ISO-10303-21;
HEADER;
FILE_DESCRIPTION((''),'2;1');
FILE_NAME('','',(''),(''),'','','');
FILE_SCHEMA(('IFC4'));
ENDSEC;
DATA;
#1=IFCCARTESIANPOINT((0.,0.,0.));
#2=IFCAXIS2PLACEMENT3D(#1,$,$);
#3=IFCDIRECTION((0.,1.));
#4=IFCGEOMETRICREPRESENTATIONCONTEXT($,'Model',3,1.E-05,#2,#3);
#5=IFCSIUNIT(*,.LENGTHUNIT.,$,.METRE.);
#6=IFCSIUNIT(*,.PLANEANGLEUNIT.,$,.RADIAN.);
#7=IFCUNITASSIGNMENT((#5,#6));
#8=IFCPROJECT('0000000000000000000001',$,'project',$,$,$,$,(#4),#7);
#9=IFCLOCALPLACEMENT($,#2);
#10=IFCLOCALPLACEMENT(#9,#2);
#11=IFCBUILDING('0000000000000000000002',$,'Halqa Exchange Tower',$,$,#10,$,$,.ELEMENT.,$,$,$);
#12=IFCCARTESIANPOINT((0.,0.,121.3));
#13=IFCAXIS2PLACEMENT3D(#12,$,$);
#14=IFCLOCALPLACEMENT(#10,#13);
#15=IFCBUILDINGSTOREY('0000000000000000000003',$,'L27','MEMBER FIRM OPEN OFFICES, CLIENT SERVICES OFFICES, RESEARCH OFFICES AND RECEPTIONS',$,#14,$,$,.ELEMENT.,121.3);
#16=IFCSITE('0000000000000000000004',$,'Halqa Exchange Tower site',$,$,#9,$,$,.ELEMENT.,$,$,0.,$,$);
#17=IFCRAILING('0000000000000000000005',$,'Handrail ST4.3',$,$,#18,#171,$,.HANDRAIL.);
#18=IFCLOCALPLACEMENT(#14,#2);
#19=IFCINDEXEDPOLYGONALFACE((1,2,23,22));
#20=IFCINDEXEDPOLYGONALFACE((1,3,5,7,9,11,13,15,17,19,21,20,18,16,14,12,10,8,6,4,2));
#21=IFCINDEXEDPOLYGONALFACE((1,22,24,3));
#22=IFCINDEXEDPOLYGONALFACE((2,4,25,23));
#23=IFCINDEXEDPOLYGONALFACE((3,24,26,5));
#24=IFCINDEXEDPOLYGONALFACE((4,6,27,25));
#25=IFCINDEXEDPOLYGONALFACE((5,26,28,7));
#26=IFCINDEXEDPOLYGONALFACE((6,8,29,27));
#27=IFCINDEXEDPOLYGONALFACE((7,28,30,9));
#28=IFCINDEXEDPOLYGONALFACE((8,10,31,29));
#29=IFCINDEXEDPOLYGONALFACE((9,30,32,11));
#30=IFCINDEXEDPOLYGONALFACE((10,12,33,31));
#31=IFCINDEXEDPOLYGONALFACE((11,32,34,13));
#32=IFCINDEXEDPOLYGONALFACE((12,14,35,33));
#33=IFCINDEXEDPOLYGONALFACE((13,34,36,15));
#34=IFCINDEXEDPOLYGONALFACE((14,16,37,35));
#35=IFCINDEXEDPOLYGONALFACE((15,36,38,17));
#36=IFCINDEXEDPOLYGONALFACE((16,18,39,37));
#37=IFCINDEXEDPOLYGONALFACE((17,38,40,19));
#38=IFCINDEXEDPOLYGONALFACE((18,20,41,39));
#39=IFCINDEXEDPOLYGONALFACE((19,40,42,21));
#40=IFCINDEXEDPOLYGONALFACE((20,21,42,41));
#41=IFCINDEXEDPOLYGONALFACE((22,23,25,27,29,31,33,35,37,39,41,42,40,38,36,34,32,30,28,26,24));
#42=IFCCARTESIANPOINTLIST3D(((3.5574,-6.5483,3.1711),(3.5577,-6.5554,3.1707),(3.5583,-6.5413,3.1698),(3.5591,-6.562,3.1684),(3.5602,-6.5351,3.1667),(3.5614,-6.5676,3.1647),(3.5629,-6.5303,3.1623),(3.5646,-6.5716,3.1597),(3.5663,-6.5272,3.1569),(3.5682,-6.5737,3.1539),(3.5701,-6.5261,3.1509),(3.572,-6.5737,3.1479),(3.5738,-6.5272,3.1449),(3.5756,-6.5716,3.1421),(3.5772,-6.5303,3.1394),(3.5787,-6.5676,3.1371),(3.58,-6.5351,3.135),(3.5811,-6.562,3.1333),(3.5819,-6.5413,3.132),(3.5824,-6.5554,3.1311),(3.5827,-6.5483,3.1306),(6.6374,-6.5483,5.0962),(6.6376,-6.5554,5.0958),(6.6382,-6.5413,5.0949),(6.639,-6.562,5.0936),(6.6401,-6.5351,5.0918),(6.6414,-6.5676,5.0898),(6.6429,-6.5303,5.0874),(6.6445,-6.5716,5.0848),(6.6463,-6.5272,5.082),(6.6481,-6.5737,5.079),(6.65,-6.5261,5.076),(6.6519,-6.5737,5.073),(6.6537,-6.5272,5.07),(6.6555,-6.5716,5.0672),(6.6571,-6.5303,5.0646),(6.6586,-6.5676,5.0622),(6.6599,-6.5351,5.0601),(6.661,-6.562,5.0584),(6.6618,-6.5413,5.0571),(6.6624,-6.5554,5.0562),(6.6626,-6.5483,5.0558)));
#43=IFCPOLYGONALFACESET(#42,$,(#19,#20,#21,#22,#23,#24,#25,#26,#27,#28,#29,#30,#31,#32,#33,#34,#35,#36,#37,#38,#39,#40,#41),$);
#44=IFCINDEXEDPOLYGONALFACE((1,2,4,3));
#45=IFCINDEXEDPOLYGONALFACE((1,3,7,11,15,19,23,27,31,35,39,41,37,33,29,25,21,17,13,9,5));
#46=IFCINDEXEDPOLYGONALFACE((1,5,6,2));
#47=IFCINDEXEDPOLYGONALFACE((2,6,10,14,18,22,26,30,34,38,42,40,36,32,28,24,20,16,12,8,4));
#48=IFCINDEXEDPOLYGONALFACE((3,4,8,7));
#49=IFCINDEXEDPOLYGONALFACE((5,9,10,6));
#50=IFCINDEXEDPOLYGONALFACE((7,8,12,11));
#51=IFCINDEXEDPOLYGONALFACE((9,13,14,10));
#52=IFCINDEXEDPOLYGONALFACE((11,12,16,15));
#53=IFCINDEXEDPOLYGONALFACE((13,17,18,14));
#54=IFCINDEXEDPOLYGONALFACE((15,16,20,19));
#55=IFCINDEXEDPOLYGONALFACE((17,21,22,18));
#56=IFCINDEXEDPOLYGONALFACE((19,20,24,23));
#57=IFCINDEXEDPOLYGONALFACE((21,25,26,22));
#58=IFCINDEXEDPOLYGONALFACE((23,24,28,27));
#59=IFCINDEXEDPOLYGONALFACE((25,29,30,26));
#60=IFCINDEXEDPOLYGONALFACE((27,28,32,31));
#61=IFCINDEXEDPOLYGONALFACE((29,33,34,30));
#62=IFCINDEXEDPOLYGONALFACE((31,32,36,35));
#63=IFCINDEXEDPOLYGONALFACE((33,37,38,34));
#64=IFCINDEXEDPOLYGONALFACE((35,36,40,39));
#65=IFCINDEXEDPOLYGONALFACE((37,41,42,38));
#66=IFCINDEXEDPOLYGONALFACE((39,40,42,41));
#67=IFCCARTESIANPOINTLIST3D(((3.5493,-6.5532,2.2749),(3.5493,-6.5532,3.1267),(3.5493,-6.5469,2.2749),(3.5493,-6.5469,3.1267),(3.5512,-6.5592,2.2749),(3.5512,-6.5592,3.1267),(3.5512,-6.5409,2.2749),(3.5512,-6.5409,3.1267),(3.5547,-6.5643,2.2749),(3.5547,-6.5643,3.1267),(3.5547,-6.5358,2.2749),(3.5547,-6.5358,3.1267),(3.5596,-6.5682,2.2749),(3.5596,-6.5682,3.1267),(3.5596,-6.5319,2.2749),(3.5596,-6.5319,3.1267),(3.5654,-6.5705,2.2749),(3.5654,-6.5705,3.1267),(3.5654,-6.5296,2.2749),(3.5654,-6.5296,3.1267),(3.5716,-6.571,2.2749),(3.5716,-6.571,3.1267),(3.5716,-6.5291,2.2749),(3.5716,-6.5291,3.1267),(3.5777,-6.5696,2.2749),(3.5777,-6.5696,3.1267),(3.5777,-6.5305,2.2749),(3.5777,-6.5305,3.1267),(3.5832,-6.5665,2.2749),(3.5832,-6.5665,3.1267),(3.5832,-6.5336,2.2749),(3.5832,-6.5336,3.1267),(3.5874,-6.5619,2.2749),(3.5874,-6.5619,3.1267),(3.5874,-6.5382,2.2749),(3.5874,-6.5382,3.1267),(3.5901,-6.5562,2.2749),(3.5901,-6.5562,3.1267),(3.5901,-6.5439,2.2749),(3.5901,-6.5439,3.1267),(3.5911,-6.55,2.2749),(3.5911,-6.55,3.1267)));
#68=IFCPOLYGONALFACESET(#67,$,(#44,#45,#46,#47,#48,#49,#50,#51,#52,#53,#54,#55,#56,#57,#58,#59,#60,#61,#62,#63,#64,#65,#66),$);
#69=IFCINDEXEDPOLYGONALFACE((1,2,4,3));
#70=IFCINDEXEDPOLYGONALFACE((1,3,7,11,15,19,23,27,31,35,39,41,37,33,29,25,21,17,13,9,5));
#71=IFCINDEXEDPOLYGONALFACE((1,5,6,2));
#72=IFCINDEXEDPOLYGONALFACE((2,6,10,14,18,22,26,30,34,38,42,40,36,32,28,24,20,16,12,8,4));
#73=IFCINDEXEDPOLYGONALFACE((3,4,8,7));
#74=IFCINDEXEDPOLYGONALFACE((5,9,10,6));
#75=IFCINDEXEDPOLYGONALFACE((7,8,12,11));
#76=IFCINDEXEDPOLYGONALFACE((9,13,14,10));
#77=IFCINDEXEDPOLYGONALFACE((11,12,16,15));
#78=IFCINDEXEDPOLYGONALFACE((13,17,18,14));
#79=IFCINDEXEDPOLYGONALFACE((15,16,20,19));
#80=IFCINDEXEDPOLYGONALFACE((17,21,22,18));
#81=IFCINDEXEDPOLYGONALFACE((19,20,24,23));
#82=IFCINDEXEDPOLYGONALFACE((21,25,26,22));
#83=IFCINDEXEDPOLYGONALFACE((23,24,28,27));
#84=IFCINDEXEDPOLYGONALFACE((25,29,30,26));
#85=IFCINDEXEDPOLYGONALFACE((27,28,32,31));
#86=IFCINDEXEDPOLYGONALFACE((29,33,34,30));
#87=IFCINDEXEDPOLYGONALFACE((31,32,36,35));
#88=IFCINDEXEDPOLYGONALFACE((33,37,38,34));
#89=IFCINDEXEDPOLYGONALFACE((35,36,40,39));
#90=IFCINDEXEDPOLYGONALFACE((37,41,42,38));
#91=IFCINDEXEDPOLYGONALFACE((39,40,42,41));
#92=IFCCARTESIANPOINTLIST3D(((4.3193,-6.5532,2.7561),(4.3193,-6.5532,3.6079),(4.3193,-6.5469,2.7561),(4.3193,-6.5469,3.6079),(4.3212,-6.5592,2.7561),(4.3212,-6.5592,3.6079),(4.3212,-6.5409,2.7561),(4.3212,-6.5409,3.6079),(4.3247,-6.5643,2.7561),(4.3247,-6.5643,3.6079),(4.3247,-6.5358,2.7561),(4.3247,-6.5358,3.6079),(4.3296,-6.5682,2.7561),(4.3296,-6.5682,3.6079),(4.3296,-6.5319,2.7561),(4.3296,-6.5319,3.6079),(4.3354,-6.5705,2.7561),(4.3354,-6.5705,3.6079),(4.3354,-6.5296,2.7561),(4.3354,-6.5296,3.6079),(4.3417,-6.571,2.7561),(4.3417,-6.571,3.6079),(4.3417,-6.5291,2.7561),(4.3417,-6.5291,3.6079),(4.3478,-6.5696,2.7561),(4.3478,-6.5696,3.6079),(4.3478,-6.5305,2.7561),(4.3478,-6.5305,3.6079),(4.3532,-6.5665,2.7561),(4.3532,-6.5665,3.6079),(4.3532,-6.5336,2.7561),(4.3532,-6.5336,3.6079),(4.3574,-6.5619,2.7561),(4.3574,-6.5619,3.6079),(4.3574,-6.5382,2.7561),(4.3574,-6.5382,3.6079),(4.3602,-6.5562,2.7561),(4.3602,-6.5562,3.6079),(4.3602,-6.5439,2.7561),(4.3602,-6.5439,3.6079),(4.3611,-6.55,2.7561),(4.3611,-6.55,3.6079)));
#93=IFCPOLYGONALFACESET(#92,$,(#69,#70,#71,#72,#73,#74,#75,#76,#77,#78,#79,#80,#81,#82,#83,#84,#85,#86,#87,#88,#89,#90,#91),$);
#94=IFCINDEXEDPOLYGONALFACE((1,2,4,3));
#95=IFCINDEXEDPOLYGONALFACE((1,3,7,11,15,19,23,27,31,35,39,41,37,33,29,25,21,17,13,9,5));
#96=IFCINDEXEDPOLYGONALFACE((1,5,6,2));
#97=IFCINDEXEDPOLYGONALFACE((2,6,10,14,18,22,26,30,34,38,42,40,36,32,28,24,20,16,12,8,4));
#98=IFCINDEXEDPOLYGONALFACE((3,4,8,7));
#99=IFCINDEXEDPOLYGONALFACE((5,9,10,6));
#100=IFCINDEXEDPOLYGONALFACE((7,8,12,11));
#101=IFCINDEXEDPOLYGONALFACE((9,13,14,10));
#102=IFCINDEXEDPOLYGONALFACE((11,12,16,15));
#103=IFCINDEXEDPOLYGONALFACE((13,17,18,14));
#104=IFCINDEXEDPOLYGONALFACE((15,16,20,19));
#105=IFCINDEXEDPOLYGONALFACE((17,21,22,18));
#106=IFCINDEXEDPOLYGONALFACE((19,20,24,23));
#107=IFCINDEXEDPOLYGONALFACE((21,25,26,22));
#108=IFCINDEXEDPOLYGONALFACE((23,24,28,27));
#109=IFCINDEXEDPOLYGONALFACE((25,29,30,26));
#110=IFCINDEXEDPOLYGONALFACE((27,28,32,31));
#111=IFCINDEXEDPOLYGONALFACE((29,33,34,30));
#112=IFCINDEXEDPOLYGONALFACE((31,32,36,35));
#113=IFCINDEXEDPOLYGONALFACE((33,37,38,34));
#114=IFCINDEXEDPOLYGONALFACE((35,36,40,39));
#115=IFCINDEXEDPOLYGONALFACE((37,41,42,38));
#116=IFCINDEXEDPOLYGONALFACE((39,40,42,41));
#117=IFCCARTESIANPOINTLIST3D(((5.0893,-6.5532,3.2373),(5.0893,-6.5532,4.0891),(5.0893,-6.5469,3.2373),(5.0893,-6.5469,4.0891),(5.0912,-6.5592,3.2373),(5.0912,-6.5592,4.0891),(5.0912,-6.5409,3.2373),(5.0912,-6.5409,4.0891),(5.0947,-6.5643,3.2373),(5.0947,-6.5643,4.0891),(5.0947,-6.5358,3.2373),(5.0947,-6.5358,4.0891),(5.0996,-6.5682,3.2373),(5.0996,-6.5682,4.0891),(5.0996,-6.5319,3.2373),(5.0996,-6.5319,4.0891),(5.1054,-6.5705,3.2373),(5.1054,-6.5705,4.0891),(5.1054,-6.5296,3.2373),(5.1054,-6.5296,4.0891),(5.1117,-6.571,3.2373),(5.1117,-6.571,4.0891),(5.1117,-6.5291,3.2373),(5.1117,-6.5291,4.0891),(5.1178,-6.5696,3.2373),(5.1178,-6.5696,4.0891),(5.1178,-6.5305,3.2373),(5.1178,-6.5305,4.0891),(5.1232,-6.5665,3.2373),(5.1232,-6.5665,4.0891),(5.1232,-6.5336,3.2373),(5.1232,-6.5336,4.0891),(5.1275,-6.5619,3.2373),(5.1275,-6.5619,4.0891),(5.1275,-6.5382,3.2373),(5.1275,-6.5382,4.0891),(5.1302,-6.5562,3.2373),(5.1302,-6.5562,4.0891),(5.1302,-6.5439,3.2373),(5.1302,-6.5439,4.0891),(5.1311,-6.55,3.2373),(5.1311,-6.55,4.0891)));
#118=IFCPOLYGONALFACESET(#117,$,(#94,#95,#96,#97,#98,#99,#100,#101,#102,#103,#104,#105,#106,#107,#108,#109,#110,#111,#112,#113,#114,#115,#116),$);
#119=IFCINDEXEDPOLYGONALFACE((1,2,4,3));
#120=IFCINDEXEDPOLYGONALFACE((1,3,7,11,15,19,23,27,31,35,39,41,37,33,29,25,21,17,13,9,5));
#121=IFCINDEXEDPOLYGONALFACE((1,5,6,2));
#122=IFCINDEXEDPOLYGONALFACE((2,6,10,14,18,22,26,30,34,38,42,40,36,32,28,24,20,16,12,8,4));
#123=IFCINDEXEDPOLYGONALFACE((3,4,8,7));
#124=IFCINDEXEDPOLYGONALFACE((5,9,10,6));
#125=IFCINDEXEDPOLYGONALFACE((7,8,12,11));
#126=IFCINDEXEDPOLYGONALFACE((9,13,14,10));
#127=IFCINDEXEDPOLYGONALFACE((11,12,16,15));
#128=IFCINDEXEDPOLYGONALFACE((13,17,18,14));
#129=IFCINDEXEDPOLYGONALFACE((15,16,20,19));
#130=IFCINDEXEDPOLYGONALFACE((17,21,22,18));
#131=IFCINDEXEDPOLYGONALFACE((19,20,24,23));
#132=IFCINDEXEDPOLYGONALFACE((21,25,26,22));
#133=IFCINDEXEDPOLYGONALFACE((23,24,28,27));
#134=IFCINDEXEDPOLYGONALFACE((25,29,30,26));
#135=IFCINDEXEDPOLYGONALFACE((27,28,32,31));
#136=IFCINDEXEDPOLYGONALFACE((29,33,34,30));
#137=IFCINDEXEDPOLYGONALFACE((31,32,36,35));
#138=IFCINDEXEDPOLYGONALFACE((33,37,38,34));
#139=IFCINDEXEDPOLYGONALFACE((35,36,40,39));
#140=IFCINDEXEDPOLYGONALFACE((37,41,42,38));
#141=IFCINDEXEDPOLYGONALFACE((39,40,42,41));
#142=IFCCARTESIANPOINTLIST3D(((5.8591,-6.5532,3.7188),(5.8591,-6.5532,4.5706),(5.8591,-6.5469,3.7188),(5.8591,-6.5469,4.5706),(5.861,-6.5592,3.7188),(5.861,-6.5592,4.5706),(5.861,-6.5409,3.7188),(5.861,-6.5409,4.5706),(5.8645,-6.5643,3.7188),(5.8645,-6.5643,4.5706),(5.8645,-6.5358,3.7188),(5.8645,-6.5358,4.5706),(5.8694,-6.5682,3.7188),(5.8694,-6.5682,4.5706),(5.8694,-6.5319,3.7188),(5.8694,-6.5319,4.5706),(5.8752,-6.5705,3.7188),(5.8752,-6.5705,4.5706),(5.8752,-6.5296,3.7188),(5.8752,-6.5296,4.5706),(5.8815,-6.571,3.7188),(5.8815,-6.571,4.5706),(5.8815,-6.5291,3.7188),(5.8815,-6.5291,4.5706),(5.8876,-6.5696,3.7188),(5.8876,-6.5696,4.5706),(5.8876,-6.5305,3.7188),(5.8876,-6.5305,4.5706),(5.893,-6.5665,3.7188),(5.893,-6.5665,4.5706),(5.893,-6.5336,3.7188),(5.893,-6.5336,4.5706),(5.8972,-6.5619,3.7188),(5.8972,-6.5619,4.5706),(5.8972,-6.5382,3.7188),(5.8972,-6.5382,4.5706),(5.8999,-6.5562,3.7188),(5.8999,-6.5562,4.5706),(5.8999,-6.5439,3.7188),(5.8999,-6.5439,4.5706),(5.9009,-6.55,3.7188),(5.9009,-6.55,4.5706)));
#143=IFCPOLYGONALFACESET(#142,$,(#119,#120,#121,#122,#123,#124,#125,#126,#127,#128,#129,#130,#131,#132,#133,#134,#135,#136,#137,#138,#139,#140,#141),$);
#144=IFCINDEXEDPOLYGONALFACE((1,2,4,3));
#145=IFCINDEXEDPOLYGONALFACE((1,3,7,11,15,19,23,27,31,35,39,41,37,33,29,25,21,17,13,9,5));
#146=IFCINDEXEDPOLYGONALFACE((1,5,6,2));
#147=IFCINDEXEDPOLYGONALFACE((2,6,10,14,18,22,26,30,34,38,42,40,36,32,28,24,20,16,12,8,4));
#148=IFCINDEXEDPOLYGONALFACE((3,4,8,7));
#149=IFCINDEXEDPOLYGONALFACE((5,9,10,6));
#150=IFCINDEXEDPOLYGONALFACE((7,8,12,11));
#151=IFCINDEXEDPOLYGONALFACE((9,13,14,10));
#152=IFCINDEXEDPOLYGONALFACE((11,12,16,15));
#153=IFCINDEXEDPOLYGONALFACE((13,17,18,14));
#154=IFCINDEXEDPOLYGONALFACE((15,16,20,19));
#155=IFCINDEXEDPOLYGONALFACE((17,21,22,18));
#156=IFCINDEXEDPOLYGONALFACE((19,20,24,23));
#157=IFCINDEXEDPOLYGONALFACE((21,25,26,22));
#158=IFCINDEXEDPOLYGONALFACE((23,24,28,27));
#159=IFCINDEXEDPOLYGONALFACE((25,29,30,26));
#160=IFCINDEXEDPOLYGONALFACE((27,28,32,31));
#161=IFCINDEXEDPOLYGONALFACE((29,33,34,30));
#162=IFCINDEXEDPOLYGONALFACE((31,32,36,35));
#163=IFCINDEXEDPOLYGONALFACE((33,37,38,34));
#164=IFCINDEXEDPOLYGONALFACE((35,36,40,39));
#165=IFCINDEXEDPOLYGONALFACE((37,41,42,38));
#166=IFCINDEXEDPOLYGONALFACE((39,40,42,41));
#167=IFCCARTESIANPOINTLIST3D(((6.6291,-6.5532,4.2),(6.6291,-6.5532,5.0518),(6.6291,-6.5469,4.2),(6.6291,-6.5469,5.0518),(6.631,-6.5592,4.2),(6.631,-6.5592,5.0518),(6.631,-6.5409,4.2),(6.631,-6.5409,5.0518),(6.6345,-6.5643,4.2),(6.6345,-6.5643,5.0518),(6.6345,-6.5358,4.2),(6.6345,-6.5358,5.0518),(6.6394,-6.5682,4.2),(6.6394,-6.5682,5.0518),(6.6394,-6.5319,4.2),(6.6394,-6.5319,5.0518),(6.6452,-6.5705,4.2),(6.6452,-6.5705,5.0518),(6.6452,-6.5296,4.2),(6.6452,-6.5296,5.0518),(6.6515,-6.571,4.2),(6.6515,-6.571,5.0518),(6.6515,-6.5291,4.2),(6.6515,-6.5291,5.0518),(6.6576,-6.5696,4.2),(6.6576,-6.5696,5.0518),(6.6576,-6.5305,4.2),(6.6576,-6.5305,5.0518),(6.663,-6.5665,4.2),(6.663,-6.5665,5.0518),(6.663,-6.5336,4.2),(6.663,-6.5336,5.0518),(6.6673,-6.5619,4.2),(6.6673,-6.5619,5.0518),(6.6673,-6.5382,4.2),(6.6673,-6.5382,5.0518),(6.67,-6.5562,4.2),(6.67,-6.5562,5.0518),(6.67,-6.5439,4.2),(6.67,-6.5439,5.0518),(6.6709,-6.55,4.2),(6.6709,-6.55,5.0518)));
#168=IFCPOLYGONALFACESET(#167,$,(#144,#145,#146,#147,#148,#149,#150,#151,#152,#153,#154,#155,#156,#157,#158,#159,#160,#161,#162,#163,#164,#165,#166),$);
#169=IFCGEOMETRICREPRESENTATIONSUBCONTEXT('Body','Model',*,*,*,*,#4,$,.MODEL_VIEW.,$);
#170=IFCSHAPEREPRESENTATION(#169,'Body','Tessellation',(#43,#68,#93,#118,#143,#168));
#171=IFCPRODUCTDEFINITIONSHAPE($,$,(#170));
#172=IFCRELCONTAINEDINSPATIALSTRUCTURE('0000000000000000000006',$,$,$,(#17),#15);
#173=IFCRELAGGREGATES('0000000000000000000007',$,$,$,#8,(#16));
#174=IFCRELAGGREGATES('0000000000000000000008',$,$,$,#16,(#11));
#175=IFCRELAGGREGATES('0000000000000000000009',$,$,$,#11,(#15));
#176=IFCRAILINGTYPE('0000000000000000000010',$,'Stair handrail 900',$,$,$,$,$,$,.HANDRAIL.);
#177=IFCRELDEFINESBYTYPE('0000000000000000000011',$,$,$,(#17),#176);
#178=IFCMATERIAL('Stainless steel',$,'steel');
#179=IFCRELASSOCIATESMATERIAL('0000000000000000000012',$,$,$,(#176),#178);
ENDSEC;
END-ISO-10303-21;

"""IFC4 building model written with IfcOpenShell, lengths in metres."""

from ifc_helpers import new_model, si_unit, direction, frame, origin, origin_2d, place, context, subcontext, project, spatial, circle, extrude, material, type_object, element, save


model = new_model("IFC4")

# Units and contexts
model_context = context("Model", 3, precision=1e-05, world=origin(), true_north=direction((0.0, 1.0)))
body_context = subcontext(model_context, "Body", "Model", "MODEL_VIEW")
ifc_project = project(units=[si_unit("LENGTHUNIT", "METRE"), si_unit("PLANEANGLEUNIT", "RADIAN")], contexts=[model_context])

# Site, building, storey
site_placement = place(None, origin())
site = spatial("IfcSite", under=ifc_project, at=site_placement, Name="Halqa Exchange Tower site", CompositionType="ELEMENT", RefElevation=0.0)
building_placement = place(site_placement, origin())
building = spatial("IfcBuilding", under=site, at=building_placement, Name="Halqa Exchange Tower", CompositionType="ELEMENT")
storey_placement = place(building_placement, frame((0.0, 0.0, 121.3)))
storey = spatial("IfcBuildingStorey", under=building, at=storey_placement, Name="L27", Description="MEMBER FIRM OPEN OFFICES, CLIENT SERVICES OFFICES, RESEARCH OFFICES AND RECEPTIONS", CompositionType="ELEMENT", Elevation=121.3)

# Railing
ifc_material_1 = material(Name="Stainless steel", Category="steel")
railing_type_1 = type_object("IfcRailingType", Name="Stair handrail 900", PredefinedType="HANDRAIL", material=ifc_material_1)
railing_1_placement = place(storey_placement, frame((3.5701, -6.55, 2.2749)))
element("IfcRailing", 1, at=railing_1_placement, inside=storey, type_object=railing_type_1, Name="Handrail ST4.3", PredefinedType="HANDRAIL", context=body_context, shape_type="SweptSolid", body=[
    extrude(circle(Radius=0.0239, at=origin_2d()), frame((0.0, 0.0, 0.876), z_axis=(0.847979, 0.0, 0.530029), x_axis=(0.0, 1.0, 0.0)), (0.0, 0.0, 1.0), 3.6321),
    extrude(circle(Radius=0.021, at=origin_2d()), origin(), (0.0, 0.0, 1.0), 0.8518),
    extrude(circle(Radius=0.021, at=origin_2d()), frame((0.77, 0.0, 0.4812)), (0.0, 0.0, 1.0), 0.8518),
    extrude(circle(Radius=0.021, at=origin_2d()), frame((1.54, 0.0, 0.9624)), (0.0, 0.0, 1.0), 0.8518),
    extrude(circle(Radius=0.021, at=origin_2d()), frame((2.3098, 0.0, 1.4438)), (0.0, 0.0, 1.0), 0.8518),
    extrude(circle(Radius=0.021, at=origin_2d()), frame((3.0798, 0.0, 1.925)), (0.0, 0.0, 1.0), 0.8518),
])

save(model, "model.ifc")
